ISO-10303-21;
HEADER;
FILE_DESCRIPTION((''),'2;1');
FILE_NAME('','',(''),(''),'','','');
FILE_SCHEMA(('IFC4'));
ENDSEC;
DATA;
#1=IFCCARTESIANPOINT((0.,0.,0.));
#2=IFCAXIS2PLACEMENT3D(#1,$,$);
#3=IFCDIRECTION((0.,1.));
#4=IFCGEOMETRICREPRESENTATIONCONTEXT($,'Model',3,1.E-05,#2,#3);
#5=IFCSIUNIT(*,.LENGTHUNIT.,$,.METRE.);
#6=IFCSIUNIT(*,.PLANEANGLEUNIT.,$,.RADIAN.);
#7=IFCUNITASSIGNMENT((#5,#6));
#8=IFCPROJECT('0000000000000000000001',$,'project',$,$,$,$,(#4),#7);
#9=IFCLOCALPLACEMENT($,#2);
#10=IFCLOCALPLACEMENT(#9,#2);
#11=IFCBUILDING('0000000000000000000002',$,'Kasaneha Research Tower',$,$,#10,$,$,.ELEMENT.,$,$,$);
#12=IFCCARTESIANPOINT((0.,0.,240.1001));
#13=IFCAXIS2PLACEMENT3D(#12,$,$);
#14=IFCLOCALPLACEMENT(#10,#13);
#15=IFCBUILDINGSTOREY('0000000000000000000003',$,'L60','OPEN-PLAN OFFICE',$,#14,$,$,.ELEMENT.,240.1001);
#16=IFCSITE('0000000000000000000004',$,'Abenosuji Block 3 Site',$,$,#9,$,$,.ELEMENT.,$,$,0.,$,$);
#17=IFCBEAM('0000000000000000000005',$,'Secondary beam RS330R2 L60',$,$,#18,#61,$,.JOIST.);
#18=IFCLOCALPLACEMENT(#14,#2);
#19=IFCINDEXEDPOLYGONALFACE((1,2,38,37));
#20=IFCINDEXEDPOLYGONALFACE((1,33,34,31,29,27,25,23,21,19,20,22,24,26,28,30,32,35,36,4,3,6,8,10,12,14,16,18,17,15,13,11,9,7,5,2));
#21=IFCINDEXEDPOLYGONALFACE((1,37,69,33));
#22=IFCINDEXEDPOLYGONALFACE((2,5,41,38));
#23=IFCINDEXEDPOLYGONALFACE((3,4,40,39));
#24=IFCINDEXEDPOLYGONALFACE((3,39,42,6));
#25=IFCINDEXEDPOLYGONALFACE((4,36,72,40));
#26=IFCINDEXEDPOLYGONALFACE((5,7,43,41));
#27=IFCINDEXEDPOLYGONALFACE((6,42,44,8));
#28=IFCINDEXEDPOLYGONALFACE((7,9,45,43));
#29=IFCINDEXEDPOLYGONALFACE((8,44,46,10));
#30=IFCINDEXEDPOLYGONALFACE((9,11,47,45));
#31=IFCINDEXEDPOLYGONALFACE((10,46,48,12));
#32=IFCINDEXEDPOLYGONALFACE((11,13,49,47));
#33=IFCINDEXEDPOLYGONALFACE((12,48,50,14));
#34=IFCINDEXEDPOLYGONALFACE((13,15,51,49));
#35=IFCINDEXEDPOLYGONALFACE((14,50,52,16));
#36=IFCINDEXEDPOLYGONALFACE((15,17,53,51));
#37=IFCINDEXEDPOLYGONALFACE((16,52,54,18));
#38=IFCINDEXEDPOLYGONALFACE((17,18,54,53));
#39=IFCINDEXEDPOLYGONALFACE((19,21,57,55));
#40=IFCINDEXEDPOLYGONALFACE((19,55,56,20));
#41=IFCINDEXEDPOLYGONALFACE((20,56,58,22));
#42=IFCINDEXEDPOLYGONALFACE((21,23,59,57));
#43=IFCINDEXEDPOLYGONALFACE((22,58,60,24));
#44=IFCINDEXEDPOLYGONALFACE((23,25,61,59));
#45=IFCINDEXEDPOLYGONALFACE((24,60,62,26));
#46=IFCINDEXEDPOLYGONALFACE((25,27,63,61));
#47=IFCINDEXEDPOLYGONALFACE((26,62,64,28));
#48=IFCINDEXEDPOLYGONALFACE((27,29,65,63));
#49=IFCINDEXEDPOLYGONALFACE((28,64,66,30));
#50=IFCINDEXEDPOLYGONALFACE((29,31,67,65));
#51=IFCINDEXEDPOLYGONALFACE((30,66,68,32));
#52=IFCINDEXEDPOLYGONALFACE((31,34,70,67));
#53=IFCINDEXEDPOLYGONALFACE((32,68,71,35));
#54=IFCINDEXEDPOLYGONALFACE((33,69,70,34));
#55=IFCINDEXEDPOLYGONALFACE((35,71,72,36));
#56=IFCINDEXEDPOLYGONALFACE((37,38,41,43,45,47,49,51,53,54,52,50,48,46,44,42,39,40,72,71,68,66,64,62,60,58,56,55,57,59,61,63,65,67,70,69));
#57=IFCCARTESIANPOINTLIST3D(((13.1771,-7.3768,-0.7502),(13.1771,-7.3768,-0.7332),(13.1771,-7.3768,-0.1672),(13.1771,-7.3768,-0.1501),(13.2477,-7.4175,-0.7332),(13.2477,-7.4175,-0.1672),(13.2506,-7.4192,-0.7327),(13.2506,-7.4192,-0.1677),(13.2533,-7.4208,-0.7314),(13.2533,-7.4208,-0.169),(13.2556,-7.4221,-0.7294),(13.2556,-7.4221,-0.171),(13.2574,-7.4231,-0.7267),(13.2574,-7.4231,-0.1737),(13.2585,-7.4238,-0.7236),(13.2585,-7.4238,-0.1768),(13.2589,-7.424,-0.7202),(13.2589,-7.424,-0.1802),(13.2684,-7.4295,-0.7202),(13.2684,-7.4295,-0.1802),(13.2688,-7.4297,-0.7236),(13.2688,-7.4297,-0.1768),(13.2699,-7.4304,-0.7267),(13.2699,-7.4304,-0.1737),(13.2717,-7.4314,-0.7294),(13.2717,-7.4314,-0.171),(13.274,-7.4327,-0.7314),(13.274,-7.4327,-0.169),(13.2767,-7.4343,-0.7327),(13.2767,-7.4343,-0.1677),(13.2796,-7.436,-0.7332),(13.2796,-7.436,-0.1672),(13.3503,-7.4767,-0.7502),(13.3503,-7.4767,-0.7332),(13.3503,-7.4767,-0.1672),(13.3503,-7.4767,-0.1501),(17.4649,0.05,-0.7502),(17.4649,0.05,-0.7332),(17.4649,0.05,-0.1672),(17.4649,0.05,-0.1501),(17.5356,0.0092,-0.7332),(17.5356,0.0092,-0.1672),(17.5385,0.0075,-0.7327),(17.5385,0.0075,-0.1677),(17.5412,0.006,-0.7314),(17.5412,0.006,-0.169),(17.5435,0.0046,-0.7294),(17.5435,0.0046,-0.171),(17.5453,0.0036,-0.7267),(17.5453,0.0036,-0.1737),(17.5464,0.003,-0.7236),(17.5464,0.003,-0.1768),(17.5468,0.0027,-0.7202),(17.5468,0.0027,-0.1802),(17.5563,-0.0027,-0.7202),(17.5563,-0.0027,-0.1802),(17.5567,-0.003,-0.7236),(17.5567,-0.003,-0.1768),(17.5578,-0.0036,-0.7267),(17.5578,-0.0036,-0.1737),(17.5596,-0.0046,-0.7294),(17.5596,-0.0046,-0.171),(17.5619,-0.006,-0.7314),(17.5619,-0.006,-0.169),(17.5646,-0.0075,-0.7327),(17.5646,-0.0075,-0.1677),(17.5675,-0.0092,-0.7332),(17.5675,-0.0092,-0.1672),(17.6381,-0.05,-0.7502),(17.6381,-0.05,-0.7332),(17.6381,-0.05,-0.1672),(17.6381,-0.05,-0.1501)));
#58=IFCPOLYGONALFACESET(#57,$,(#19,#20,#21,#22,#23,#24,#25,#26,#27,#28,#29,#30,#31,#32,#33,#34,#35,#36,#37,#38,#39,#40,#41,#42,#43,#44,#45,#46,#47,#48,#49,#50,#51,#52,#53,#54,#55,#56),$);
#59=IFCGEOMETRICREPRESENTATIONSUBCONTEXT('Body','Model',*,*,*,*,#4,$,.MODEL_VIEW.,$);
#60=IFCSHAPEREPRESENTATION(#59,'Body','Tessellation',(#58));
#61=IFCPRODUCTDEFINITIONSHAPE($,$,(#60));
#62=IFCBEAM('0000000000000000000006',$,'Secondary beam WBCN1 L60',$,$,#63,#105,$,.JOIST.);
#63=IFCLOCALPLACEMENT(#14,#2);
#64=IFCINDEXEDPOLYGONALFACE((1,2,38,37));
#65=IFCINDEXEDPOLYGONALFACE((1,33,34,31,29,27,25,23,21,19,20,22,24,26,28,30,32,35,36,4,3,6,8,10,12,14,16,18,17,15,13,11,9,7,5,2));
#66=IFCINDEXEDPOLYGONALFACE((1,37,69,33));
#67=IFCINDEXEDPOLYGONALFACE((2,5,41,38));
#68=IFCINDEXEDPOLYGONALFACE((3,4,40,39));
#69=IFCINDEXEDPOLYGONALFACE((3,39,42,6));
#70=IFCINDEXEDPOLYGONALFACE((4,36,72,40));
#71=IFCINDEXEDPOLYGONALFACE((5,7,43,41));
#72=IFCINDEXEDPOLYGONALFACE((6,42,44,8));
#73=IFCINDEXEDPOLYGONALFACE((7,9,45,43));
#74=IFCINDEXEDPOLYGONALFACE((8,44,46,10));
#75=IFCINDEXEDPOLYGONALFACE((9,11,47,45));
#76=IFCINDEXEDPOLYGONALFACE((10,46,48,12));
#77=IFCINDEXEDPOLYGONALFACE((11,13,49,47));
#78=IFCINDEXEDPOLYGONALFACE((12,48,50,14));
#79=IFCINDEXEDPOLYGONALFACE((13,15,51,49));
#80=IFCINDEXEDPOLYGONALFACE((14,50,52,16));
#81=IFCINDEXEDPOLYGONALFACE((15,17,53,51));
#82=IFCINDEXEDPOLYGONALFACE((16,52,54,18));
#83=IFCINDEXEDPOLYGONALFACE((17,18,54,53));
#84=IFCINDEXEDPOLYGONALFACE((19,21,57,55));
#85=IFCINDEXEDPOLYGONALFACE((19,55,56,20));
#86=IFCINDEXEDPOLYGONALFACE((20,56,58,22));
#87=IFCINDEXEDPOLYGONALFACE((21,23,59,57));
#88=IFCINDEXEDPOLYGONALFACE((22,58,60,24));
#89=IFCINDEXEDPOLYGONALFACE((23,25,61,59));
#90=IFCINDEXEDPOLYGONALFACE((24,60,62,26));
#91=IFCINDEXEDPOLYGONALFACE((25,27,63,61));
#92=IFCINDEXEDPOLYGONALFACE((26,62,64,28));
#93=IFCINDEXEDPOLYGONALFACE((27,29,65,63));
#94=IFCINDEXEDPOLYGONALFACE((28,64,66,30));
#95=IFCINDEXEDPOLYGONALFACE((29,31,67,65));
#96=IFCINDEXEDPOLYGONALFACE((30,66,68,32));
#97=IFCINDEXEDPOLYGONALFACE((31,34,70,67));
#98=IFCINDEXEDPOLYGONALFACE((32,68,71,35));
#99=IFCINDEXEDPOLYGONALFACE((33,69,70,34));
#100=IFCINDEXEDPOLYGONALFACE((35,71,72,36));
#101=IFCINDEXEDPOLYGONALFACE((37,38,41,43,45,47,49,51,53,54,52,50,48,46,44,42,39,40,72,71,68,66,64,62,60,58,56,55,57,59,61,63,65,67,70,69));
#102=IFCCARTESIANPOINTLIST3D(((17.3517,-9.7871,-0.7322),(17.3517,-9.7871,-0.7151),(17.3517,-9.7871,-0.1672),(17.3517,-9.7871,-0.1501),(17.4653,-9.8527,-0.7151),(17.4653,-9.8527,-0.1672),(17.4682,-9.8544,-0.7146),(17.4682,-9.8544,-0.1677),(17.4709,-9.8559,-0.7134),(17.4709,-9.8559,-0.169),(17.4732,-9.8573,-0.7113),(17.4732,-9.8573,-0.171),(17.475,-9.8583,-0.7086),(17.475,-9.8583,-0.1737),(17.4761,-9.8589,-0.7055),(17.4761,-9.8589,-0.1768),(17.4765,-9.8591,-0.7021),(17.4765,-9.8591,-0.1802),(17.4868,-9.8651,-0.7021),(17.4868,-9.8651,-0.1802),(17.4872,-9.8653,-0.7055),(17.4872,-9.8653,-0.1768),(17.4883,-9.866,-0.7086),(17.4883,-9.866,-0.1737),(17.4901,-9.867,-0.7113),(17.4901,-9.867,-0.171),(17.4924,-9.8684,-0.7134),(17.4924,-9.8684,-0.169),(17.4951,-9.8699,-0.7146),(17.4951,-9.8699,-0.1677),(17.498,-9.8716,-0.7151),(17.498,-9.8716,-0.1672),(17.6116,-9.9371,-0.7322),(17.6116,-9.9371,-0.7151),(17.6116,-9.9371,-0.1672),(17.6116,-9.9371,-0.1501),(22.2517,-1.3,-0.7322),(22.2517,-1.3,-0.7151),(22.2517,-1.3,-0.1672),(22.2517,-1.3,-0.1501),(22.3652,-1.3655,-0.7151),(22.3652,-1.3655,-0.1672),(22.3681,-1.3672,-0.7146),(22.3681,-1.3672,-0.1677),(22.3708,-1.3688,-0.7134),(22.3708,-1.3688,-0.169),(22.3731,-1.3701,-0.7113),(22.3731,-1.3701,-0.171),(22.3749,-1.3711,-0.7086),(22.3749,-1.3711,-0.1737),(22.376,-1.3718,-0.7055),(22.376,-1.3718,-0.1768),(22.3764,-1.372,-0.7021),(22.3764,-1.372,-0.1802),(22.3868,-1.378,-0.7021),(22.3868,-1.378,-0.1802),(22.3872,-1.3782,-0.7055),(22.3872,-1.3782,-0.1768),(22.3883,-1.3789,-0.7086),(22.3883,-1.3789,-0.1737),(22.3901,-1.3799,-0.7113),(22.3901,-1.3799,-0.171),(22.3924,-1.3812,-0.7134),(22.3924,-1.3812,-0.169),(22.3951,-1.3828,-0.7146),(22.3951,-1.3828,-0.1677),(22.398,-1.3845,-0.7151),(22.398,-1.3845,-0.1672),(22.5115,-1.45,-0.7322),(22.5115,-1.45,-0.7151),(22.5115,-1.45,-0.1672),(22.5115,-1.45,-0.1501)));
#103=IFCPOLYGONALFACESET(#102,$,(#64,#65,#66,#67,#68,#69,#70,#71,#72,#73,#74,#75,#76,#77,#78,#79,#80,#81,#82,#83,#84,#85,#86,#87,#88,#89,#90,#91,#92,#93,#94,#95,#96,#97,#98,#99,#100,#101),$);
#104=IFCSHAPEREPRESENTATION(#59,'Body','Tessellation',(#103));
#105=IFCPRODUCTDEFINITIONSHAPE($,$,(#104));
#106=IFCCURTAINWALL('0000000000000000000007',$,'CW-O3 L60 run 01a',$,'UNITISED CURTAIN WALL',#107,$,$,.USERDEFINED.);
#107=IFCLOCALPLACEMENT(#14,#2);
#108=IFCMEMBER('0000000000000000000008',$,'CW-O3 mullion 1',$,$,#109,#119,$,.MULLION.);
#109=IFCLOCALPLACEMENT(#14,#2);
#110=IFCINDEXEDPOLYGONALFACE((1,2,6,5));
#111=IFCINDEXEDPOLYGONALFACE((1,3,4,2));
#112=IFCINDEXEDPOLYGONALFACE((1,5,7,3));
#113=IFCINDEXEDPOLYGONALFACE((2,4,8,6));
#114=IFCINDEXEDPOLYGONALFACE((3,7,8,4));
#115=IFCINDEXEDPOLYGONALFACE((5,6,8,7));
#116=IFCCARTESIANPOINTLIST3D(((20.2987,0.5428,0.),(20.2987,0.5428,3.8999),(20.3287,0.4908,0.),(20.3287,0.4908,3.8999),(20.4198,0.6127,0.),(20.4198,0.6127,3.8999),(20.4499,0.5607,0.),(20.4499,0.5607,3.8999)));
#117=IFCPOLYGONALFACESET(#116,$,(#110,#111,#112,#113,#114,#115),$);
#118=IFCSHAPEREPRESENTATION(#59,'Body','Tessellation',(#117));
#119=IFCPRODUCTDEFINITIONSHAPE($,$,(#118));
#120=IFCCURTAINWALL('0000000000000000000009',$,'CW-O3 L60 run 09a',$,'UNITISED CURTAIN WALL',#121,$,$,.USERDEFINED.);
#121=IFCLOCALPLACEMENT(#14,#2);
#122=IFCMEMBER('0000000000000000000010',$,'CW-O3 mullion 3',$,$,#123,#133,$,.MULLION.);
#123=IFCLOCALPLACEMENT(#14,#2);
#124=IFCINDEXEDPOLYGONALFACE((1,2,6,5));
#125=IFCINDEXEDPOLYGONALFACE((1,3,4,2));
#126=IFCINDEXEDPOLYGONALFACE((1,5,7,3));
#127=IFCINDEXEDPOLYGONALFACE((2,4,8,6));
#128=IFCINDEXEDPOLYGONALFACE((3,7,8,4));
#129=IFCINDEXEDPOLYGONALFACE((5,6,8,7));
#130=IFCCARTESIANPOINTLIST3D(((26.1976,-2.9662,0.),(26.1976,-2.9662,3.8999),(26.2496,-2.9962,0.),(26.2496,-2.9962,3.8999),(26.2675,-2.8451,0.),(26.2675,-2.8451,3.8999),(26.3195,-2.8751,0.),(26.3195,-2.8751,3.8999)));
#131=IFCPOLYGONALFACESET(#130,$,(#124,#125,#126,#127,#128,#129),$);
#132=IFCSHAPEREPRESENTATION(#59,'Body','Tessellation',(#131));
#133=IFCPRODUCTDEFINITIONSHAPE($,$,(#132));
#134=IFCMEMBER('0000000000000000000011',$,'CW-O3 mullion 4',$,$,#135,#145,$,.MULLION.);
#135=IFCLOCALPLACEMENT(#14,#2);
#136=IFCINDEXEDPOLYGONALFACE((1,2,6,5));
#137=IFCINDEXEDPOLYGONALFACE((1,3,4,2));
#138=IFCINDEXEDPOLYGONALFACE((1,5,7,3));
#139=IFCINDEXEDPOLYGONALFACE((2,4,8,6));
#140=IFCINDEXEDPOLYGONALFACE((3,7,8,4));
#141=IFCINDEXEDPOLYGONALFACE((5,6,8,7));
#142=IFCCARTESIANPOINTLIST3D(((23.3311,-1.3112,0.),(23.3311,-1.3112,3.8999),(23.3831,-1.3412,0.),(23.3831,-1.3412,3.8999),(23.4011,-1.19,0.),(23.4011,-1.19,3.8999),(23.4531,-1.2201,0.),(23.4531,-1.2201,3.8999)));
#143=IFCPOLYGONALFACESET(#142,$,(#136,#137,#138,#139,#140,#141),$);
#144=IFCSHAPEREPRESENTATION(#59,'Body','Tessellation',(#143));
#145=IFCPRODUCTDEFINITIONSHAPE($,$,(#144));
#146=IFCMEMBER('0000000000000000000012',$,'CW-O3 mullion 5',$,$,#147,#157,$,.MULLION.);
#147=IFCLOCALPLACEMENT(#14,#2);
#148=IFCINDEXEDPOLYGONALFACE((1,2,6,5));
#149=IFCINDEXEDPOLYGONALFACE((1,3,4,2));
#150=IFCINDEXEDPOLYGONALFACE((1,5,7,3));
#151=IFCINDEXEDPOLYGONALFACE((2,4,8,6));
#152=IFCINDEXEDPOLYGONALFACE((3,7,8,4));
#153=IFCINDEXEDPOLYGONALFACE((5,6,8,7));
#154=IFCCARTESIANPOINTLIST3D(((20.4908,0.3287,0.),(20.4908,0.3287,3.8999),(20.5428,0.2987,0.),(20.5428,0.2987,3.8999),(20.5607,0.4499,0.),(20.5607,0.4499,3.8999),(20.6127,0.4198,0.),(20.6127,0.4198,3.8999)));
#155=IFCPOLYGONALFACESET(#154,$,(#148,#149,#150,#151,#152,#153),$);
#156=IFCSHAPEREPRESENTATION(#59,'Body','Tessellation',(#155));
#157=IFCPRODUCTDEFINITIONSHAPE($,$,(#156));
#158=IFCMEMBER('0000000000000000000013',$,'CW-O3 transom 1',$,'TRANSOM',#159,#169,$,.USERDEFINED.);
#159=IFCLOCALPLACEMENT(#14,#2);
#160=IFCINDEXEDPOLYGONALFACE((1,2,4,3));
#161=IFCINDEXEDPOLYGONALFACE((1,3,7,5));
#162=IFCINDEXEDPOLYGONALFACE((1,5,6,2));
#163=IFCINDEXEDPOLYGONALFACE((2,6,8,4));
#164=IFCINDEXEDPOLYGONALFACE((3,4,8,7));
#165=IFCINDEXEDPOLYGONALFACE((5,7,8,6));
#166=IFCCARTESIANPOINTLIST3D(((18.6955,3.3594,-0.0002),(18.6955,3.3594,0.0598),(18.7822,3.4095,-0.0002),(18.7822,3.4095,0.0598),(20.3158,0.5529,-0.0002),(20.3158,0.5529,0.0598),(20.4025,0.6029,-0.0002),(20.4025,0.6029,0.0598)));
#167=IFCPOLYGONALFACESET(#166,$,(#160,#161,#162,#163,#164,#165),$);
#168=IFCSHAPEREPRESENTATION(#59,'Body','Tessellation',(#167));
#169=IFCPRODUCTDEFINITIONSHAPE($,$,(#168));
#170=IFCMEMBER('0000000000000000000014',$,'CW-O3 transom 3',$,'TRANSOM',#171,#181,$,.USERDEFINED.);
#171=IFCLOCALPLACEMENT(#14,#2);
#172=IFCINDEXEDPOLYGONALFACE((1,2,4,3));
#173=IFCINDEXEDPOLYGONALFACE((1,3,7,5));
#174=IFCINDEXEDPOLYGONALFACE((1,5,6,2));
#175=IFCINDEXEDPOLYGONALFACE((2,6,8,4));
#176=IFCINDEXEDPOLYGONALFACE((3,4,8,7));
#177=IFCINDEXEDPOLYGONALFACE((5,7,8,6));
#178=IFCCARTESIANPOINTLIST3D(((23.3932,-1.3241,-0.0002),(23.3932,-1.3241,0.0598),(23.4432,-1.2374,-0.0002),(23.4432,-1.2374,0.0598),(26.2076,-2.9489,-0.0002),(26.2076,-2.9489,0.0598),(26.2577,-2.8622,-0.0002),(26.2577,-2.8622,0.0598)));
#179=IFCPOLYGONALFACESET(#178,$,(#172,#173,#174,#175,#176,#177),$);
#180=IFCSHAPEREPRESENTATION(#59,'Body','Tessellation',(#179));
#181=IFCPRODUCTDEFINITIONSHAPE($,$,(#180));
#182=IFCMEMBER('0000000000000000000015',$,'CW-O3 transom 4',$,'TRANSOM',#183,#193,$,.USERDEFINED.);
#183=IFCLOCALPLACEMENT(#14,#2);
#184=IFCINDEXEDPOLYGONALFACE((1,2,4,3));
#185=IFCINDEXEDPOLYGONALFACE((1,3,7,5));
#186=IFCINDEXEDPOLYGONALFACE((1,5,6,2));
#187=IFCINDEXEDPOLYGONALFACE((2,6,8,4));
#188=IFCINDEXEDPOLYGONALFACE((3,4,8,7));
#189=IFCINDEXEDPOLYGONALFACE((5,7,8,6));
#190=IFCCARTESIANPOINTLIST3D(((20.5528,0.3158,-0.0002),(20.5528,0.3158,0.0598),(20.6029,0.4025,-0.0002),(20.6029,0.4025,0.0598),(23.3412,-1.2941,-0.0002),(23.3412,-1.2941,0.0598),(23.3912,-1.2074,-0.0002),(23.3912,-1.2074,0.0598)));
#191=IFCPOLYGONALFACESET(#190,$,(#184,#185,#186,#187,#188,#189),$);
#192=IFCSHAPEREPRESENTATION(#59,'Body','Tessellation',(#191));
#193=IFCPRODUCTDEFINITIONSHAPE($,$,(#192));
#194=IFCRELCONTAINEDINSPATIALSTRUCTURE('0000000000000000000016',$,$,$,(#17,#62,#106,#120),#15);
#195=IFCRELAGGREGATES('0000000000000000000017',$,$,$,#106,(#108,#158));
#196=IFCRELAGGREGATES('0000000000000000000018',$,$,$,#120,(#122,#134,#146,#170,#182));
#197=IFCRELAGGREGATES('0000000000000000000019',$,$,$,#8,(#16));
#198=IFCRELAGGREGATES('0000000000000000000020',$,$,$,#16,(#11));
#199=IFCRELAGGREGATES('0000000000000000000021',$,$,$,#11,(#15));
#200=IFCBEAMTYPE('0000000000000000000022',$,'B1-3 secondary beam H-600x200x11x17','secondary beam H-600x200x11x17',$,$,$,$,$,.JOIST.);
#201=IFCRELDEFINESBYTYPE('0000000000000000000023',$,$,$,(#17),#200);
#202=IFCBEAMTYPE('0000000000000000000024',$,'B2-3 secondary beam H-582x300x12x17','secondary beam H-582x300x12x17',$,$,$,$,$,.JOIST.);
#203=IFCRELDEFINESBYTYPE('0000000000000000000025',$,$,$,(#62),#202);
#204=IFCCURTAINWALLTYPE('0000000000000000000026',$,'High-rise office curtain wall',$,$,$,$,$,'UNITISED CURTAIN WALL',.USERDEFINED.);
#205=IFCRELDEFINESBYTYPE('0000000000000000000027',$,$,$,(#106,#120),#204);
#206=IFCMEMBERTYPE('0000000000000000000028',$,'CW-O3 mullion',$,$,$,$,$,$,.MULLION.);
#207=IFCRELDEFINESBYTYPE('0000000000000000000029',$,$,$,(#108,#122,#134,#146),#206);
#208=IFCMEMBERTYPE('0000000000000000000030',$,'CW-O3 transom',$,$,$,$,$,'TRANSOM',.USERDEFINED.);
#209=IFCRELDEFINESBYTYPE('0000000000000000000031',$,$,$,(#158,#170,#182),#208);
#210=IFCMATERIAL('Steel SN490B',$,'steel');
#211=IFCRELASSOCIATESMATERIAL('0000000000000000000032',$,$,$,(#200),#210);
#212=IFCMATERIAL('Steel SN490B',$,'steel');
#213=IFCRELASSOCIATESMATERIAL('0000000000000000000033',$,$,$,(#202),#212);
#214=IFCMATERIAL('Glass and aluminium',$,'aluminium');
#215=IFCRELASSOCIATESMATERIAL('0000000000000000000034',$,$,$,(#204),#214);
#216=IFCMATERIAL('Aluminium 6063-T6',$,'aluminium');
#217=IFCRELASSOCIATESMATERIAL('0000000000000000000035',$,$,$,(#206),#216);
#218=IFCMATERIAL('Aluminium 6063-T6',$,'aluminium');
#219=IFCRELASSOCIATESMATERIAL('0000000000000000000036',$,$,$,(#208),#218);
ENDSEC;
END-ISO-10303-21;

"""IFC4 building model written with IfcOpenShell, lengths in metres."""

from ifc_helpers import new_model, si_unit, direction, frame, origin, origin_2d, place, context, subcontext, project, spatial, rectangle, i_section, extrude, material, material_profile, profile_set, type_object, element, aggregate, save


model = new_model("IFC4")

# Units and contexts
model_context = context("Model", 3, precision=1e-05, world=origin(), true_north=direction((0.0, 1.0)))
body_context = subcontext(model_context, "Body", "Model", "MODEL_VIEW")
ifc_project = project(units=[si_unit("LENGTHUNIT", "METRE"), si_unit("PLANEANGLEUNIT", "RADIAN")], contexts=[model_context])

# Site, building, storey
site_placement = place(None, origin())
site = spatial("IfcSite", under=ifc_project, at=site_placement, Name="Abenosuji Block 3 Site", CompositionType="ELEMENT", RefElevation=0.0)
building_placement = place(site_placement, origin())
building = spatial("IfcBuilding", under=site, at=building_placement, Name="Kasaneha Research Tower", CompositionType="ELEMENT")
storey_placement = place(building_placement, frame((0.0, 0.0, 240.1001)))
storey = spatial("IfcBuildingStorey", under=building, at=storey_placement, Name="L60", Description="OPEN-PLAN OFFICE", CompositionType="ELEMENT", Elevation=240.1001)

# Beams
ifc_material_1 = material(Name="Steel SN490B", Category="steel")
ifc_material_profile_1 = material_profile(ifc_material_1, i_section(OverallWidth=0.2, OverallDepth=0.6001, WebThickness=0.011, FlangeThickness=0.0171, FilletRadius=0.0129, at=origin_2d()), Name="H-600x200x11x17")
ifc_profile_set_1 = profile_set([ifc_material_profile_1], Name="Steel SN490B")
beam_type_1 = type_object("IfcBeamType", Name="B1-3 secondary beam H-600x200x11x17", Description="secondary beam H-600x200x11x17", PredefinedType="JOIST", material=ifc_profile_set_1)
beam_1_placement = place(storey_placement, frame((17.5515, 0.0, -0.4502), z_axis=(-0.5, -0.866025, 0.0), x_axis=(0.866025, -0.5, 0.0)))
element("IfcBeam", 1, at=beam_1_placement, inside=storey, type_object=beam_type_1, Name="Secondary beam RS330R2 L60", PredefinedType="JOIST", context=body_context, shape_type="SweptSolid", body=[
    extrude(i_section(OverallWidth=0.2, OverallDepth=0.6001, WebThickness=0.011, FlangeThickness=0.0171, FilletRadius=0.0129, at=origin_2d()), origin(), (0.0, 0.0, 1.0), 8.5757),
])
ifc_material_2 = material(Name="Steel SN490B", Category="steel")
ifc_material_profile_2 = material_profile(ifc_material_2, i_section(OverallWidth=0.3, OverallDepth=0.582, WebThickness=0.012, FlangeThickness=0.0171, FilletRadius=0.0129, at=origin_2d()), Name="H-582x300x12x17")
ifc_profile_set_2 = profile_set([ifc_material_profile_2], Name="Steel SN490B")
beam_type_2 = type_object("IfcBeamType", Name="B2-3 secondary beam H-582x300x12x17", Description="secondary beam H-582x300x12x17", PredefinedType="JOIST", material=ifc_profile_set_2)
beam_2_placement = place(storey_placement, frame((22.3816, -1.375, -0.4412), z_axis=(-0.499992, -0.86603, 0.0), x_axis=(0.86603, -0.499992, 0.0)))
element("IfcBeam", 2, at=beam_2_placement, inside=storey, type_object=beam_type_2, Name="Secondary beam WBCN1 L60", PredefinedType="JOIST", context=body_context, shape_type="SweptSolid", body=[
    extrude(i_section(OverallWidth=0.3, OverallDepth=0.582, WebThickness=0.012, FlangeThickness=0.0171, FilletRadius=0.0129, at=origin_2d()), origin(), (0.0, 0.0, 1.0), 9.8),
])

# Curtain wall, member
ifc_material_3 = material(Name="Glass and aluminium", Category="aluminium")
curtain_wall_type = type_object("IfcCurtainWallType", Name="High-rise office curtain wall", ElementType="UNITISED CURTAIN WALL", PredefinedType="USERDEFINED", material=ifc_material_3)
curtain_wall_1_placement = place(storey_placement, origin())
curtain_wall_1 = element("IfcCurtainWall", 3, at=curtain_wall_1_placement, inside=storey, type_object=curtain_wall_type, Name="CW-O3 L60 run 01a", ObjectType="UNITISED CURTAIN WALL", PredefinedType="USERDEFINED")
ifc_material_4 = material(Name="Aluminium 6063-T6", Category="aluminium")
ifc_material_profile_3 = material_profile(ifc_material_4, rectangle(XDim=0.0601, YDim=0.1399, at=origin_2d()), Name="CW-O3 mullion 60x140")
ifc_profile_set_3 = profile_set([ifc_material_profile_3], Name="Aluminium 6063-T6")
member_type_1 = type_object("IfcMemberType", Name="CW-O3 mullion", PredefinedType="MULLION", material=ifc_profile_set_3)
member_1_placement = place(storey_placement, frame((20.3743, 0.5518, 0.0), z_axis=(0.0, 0.0, 1.0), x_axis=(-0.5, 0.866025, 0.0)))
member_1 = element("IfcMember", 4, at=member_1_placement, type_object=member_type_1, Name="CW-O3 mullion 1", PredefinedType="MULLION", context=body_context, shape_type="SweptSolid", body=[
    extrude(rectangle(XDim=0.0601, YDim=0.1399, at=origin_2d()), origin(), (0.0, 0.0, 1.0), 3.8999),
])

# Curtain wall, members
curtain_wall_2_placement = place(storey_placement, origin())
curtain_wall_2 = element("IfcCurtainWall", 5, at=curtain_wall_2_placement, inside=storey, type_object=curtain_wall_type, Name="CW-O3 L60 run 09a", ObjectType="UNITISED CURTAIN WALL", PredefinedType="USERDEFINED")
member_2_placement = place(storey_placement, frame((26.2585, -2.9207, 0.0), z_axis=(0.0, 0.0, 1.0), x_axis=(-0.866025, 0.5, 0.0)))
member_2 = element("IfcMember", 6, at=member_2_placement, type_object=member_type_1, Name="CW-O3 mullion 3", PredefinedType="MULLION", context=body_context, shape_type="SweptSolid", body=[
    extrude(rectangle(XDim=0.0601, YDim=0.1399, at=origin_2d()), origin(), (0.0, 0.0, 1.0), 3.8999),
])
member_3_placement = place(storey_placement, frame((23.3921, -1.2656, 0.0), z_axis=(0.0, 0.0, 1.0), x_axis=(-0.866025, 0.5, 0.0)))
member_3 = element("IfcMember", 7, at=member_3_placement, type_object=member_type_1, Name="CW-O3 mullion 4", PredefinedType="MULLION", context=body_context, shape_type="SweptSolid", body=[
    extrude(rectangle(XDim=0.0601, YDim=0.1399, at=origin_2d()), origin(), (0.0, 0.0, 1.0), 3.8999),
])
member_4_placement = place(storey_placement, frame((20.5518, 0.3743, 0.0), z_axis=(0.0, 0.0, 1.0), x_axis=(-0.866025, 0.5, 0.0)))
member_4 = element("IfcMember", 8, at=member_4_placement, type_object=member_type_1, Name="CW-O3 mullion 5", PredefinedType="MULLION", context=body_context, shape_type="SweptSolid", body=[
    extrude(rectangle(XDim=0.0601, YDim=0.1399, at=origin_2d()), origin(), (0.0, 0.0, 1.0), 3.8999),
])

# Members
ifc_material_5 = material(Name="Aluminium 6063-T6", Category="aluminium")
ifc_material_profile_4 = material_profile(ifc_material_5, rectangle(XDim=0.1001, YDim=0.0601, at=origin_2d()), Name="CW-O3 transom 100x60")
ifc_profile_set_4 = profile_set([ifc_material_profile_4], Name="Aluminium 6063-T6")
member_type_2 = type_object("IfcMemberType", Name="CW-O3 transom", ElementType="TRANSOM", PredefinedType="USERDEFINED", material=ifc_profile_set_4)
member_5_placement = place(storey_placement, frame((20.3591, 0.5779, 0.0298), z_axis=(-0.499988, 0.866033, 0.0), x_axis=(-0.866033, -0.499988, 0.0)))
member_5 = element("IfcMember", 9, at=member_5_placement, type_object=member_type_2, Name="CW-O3 transom 1", ObjectType="TRANSOM", PredefinedType="USERDEFINED", context=body_context, shape_type="SweptSolid", body=[
    extrude(rectangle(XDim=0.1001, YDim=0.0601, at=origin_2d()), origin(), (0.0, 0.0, 1.0), 3.2407),
])
aggregate(curtain_wall_1, [member_1, member_5])
member_6_placement = place(storey_placement, frame((26.2327, -2.9055, 0.0298), z_axis=(-0.866048, 0.499961, 0.0), x_axis=(-0.499961, -0.866048, 0.0)))
member_6 = element("IfcMember", 10, at=member_6_placement, type_object=member_type_2, Name="CW-O3 transom 3", ObjectType="TRANSOM", PredefinedType="USERDEFINED", context=body_context, shape_type="SweptSolid", body=[
    extrude(rectangle(XDim=0.1001, YDim=0.0601, at=origin_2d()), origin(), (0.0, 0.0, 1.0), 3.2498),
])
member_7_placement = place(storey_placement, frame((23.3662, -1.2507, 0.0298), z_axis=(-0.866023, 0.500005, 0.0), x_axis=(-0.500005, -0.866023, 0.0)))
member_7 = element("IfcMember", 11, at=member_7_placement, type_object=member_type_2, Name="CW-O3 transom 4", ObjectType="TRANSOM", PredefinedType="USERDEFINED", context=body_context, shape_type="SweptSolid", body=[
    extrude(rectangle(XDim=0.1001, YDim=0.0601, at=origin_2d()), origin(), (0.0, 0.0, 1.0), 3.2197),
])

aggregate(curtain_wall_2, [member_2, member_3, member_4, member_6, member_7])

save(model, "model.ifc")
